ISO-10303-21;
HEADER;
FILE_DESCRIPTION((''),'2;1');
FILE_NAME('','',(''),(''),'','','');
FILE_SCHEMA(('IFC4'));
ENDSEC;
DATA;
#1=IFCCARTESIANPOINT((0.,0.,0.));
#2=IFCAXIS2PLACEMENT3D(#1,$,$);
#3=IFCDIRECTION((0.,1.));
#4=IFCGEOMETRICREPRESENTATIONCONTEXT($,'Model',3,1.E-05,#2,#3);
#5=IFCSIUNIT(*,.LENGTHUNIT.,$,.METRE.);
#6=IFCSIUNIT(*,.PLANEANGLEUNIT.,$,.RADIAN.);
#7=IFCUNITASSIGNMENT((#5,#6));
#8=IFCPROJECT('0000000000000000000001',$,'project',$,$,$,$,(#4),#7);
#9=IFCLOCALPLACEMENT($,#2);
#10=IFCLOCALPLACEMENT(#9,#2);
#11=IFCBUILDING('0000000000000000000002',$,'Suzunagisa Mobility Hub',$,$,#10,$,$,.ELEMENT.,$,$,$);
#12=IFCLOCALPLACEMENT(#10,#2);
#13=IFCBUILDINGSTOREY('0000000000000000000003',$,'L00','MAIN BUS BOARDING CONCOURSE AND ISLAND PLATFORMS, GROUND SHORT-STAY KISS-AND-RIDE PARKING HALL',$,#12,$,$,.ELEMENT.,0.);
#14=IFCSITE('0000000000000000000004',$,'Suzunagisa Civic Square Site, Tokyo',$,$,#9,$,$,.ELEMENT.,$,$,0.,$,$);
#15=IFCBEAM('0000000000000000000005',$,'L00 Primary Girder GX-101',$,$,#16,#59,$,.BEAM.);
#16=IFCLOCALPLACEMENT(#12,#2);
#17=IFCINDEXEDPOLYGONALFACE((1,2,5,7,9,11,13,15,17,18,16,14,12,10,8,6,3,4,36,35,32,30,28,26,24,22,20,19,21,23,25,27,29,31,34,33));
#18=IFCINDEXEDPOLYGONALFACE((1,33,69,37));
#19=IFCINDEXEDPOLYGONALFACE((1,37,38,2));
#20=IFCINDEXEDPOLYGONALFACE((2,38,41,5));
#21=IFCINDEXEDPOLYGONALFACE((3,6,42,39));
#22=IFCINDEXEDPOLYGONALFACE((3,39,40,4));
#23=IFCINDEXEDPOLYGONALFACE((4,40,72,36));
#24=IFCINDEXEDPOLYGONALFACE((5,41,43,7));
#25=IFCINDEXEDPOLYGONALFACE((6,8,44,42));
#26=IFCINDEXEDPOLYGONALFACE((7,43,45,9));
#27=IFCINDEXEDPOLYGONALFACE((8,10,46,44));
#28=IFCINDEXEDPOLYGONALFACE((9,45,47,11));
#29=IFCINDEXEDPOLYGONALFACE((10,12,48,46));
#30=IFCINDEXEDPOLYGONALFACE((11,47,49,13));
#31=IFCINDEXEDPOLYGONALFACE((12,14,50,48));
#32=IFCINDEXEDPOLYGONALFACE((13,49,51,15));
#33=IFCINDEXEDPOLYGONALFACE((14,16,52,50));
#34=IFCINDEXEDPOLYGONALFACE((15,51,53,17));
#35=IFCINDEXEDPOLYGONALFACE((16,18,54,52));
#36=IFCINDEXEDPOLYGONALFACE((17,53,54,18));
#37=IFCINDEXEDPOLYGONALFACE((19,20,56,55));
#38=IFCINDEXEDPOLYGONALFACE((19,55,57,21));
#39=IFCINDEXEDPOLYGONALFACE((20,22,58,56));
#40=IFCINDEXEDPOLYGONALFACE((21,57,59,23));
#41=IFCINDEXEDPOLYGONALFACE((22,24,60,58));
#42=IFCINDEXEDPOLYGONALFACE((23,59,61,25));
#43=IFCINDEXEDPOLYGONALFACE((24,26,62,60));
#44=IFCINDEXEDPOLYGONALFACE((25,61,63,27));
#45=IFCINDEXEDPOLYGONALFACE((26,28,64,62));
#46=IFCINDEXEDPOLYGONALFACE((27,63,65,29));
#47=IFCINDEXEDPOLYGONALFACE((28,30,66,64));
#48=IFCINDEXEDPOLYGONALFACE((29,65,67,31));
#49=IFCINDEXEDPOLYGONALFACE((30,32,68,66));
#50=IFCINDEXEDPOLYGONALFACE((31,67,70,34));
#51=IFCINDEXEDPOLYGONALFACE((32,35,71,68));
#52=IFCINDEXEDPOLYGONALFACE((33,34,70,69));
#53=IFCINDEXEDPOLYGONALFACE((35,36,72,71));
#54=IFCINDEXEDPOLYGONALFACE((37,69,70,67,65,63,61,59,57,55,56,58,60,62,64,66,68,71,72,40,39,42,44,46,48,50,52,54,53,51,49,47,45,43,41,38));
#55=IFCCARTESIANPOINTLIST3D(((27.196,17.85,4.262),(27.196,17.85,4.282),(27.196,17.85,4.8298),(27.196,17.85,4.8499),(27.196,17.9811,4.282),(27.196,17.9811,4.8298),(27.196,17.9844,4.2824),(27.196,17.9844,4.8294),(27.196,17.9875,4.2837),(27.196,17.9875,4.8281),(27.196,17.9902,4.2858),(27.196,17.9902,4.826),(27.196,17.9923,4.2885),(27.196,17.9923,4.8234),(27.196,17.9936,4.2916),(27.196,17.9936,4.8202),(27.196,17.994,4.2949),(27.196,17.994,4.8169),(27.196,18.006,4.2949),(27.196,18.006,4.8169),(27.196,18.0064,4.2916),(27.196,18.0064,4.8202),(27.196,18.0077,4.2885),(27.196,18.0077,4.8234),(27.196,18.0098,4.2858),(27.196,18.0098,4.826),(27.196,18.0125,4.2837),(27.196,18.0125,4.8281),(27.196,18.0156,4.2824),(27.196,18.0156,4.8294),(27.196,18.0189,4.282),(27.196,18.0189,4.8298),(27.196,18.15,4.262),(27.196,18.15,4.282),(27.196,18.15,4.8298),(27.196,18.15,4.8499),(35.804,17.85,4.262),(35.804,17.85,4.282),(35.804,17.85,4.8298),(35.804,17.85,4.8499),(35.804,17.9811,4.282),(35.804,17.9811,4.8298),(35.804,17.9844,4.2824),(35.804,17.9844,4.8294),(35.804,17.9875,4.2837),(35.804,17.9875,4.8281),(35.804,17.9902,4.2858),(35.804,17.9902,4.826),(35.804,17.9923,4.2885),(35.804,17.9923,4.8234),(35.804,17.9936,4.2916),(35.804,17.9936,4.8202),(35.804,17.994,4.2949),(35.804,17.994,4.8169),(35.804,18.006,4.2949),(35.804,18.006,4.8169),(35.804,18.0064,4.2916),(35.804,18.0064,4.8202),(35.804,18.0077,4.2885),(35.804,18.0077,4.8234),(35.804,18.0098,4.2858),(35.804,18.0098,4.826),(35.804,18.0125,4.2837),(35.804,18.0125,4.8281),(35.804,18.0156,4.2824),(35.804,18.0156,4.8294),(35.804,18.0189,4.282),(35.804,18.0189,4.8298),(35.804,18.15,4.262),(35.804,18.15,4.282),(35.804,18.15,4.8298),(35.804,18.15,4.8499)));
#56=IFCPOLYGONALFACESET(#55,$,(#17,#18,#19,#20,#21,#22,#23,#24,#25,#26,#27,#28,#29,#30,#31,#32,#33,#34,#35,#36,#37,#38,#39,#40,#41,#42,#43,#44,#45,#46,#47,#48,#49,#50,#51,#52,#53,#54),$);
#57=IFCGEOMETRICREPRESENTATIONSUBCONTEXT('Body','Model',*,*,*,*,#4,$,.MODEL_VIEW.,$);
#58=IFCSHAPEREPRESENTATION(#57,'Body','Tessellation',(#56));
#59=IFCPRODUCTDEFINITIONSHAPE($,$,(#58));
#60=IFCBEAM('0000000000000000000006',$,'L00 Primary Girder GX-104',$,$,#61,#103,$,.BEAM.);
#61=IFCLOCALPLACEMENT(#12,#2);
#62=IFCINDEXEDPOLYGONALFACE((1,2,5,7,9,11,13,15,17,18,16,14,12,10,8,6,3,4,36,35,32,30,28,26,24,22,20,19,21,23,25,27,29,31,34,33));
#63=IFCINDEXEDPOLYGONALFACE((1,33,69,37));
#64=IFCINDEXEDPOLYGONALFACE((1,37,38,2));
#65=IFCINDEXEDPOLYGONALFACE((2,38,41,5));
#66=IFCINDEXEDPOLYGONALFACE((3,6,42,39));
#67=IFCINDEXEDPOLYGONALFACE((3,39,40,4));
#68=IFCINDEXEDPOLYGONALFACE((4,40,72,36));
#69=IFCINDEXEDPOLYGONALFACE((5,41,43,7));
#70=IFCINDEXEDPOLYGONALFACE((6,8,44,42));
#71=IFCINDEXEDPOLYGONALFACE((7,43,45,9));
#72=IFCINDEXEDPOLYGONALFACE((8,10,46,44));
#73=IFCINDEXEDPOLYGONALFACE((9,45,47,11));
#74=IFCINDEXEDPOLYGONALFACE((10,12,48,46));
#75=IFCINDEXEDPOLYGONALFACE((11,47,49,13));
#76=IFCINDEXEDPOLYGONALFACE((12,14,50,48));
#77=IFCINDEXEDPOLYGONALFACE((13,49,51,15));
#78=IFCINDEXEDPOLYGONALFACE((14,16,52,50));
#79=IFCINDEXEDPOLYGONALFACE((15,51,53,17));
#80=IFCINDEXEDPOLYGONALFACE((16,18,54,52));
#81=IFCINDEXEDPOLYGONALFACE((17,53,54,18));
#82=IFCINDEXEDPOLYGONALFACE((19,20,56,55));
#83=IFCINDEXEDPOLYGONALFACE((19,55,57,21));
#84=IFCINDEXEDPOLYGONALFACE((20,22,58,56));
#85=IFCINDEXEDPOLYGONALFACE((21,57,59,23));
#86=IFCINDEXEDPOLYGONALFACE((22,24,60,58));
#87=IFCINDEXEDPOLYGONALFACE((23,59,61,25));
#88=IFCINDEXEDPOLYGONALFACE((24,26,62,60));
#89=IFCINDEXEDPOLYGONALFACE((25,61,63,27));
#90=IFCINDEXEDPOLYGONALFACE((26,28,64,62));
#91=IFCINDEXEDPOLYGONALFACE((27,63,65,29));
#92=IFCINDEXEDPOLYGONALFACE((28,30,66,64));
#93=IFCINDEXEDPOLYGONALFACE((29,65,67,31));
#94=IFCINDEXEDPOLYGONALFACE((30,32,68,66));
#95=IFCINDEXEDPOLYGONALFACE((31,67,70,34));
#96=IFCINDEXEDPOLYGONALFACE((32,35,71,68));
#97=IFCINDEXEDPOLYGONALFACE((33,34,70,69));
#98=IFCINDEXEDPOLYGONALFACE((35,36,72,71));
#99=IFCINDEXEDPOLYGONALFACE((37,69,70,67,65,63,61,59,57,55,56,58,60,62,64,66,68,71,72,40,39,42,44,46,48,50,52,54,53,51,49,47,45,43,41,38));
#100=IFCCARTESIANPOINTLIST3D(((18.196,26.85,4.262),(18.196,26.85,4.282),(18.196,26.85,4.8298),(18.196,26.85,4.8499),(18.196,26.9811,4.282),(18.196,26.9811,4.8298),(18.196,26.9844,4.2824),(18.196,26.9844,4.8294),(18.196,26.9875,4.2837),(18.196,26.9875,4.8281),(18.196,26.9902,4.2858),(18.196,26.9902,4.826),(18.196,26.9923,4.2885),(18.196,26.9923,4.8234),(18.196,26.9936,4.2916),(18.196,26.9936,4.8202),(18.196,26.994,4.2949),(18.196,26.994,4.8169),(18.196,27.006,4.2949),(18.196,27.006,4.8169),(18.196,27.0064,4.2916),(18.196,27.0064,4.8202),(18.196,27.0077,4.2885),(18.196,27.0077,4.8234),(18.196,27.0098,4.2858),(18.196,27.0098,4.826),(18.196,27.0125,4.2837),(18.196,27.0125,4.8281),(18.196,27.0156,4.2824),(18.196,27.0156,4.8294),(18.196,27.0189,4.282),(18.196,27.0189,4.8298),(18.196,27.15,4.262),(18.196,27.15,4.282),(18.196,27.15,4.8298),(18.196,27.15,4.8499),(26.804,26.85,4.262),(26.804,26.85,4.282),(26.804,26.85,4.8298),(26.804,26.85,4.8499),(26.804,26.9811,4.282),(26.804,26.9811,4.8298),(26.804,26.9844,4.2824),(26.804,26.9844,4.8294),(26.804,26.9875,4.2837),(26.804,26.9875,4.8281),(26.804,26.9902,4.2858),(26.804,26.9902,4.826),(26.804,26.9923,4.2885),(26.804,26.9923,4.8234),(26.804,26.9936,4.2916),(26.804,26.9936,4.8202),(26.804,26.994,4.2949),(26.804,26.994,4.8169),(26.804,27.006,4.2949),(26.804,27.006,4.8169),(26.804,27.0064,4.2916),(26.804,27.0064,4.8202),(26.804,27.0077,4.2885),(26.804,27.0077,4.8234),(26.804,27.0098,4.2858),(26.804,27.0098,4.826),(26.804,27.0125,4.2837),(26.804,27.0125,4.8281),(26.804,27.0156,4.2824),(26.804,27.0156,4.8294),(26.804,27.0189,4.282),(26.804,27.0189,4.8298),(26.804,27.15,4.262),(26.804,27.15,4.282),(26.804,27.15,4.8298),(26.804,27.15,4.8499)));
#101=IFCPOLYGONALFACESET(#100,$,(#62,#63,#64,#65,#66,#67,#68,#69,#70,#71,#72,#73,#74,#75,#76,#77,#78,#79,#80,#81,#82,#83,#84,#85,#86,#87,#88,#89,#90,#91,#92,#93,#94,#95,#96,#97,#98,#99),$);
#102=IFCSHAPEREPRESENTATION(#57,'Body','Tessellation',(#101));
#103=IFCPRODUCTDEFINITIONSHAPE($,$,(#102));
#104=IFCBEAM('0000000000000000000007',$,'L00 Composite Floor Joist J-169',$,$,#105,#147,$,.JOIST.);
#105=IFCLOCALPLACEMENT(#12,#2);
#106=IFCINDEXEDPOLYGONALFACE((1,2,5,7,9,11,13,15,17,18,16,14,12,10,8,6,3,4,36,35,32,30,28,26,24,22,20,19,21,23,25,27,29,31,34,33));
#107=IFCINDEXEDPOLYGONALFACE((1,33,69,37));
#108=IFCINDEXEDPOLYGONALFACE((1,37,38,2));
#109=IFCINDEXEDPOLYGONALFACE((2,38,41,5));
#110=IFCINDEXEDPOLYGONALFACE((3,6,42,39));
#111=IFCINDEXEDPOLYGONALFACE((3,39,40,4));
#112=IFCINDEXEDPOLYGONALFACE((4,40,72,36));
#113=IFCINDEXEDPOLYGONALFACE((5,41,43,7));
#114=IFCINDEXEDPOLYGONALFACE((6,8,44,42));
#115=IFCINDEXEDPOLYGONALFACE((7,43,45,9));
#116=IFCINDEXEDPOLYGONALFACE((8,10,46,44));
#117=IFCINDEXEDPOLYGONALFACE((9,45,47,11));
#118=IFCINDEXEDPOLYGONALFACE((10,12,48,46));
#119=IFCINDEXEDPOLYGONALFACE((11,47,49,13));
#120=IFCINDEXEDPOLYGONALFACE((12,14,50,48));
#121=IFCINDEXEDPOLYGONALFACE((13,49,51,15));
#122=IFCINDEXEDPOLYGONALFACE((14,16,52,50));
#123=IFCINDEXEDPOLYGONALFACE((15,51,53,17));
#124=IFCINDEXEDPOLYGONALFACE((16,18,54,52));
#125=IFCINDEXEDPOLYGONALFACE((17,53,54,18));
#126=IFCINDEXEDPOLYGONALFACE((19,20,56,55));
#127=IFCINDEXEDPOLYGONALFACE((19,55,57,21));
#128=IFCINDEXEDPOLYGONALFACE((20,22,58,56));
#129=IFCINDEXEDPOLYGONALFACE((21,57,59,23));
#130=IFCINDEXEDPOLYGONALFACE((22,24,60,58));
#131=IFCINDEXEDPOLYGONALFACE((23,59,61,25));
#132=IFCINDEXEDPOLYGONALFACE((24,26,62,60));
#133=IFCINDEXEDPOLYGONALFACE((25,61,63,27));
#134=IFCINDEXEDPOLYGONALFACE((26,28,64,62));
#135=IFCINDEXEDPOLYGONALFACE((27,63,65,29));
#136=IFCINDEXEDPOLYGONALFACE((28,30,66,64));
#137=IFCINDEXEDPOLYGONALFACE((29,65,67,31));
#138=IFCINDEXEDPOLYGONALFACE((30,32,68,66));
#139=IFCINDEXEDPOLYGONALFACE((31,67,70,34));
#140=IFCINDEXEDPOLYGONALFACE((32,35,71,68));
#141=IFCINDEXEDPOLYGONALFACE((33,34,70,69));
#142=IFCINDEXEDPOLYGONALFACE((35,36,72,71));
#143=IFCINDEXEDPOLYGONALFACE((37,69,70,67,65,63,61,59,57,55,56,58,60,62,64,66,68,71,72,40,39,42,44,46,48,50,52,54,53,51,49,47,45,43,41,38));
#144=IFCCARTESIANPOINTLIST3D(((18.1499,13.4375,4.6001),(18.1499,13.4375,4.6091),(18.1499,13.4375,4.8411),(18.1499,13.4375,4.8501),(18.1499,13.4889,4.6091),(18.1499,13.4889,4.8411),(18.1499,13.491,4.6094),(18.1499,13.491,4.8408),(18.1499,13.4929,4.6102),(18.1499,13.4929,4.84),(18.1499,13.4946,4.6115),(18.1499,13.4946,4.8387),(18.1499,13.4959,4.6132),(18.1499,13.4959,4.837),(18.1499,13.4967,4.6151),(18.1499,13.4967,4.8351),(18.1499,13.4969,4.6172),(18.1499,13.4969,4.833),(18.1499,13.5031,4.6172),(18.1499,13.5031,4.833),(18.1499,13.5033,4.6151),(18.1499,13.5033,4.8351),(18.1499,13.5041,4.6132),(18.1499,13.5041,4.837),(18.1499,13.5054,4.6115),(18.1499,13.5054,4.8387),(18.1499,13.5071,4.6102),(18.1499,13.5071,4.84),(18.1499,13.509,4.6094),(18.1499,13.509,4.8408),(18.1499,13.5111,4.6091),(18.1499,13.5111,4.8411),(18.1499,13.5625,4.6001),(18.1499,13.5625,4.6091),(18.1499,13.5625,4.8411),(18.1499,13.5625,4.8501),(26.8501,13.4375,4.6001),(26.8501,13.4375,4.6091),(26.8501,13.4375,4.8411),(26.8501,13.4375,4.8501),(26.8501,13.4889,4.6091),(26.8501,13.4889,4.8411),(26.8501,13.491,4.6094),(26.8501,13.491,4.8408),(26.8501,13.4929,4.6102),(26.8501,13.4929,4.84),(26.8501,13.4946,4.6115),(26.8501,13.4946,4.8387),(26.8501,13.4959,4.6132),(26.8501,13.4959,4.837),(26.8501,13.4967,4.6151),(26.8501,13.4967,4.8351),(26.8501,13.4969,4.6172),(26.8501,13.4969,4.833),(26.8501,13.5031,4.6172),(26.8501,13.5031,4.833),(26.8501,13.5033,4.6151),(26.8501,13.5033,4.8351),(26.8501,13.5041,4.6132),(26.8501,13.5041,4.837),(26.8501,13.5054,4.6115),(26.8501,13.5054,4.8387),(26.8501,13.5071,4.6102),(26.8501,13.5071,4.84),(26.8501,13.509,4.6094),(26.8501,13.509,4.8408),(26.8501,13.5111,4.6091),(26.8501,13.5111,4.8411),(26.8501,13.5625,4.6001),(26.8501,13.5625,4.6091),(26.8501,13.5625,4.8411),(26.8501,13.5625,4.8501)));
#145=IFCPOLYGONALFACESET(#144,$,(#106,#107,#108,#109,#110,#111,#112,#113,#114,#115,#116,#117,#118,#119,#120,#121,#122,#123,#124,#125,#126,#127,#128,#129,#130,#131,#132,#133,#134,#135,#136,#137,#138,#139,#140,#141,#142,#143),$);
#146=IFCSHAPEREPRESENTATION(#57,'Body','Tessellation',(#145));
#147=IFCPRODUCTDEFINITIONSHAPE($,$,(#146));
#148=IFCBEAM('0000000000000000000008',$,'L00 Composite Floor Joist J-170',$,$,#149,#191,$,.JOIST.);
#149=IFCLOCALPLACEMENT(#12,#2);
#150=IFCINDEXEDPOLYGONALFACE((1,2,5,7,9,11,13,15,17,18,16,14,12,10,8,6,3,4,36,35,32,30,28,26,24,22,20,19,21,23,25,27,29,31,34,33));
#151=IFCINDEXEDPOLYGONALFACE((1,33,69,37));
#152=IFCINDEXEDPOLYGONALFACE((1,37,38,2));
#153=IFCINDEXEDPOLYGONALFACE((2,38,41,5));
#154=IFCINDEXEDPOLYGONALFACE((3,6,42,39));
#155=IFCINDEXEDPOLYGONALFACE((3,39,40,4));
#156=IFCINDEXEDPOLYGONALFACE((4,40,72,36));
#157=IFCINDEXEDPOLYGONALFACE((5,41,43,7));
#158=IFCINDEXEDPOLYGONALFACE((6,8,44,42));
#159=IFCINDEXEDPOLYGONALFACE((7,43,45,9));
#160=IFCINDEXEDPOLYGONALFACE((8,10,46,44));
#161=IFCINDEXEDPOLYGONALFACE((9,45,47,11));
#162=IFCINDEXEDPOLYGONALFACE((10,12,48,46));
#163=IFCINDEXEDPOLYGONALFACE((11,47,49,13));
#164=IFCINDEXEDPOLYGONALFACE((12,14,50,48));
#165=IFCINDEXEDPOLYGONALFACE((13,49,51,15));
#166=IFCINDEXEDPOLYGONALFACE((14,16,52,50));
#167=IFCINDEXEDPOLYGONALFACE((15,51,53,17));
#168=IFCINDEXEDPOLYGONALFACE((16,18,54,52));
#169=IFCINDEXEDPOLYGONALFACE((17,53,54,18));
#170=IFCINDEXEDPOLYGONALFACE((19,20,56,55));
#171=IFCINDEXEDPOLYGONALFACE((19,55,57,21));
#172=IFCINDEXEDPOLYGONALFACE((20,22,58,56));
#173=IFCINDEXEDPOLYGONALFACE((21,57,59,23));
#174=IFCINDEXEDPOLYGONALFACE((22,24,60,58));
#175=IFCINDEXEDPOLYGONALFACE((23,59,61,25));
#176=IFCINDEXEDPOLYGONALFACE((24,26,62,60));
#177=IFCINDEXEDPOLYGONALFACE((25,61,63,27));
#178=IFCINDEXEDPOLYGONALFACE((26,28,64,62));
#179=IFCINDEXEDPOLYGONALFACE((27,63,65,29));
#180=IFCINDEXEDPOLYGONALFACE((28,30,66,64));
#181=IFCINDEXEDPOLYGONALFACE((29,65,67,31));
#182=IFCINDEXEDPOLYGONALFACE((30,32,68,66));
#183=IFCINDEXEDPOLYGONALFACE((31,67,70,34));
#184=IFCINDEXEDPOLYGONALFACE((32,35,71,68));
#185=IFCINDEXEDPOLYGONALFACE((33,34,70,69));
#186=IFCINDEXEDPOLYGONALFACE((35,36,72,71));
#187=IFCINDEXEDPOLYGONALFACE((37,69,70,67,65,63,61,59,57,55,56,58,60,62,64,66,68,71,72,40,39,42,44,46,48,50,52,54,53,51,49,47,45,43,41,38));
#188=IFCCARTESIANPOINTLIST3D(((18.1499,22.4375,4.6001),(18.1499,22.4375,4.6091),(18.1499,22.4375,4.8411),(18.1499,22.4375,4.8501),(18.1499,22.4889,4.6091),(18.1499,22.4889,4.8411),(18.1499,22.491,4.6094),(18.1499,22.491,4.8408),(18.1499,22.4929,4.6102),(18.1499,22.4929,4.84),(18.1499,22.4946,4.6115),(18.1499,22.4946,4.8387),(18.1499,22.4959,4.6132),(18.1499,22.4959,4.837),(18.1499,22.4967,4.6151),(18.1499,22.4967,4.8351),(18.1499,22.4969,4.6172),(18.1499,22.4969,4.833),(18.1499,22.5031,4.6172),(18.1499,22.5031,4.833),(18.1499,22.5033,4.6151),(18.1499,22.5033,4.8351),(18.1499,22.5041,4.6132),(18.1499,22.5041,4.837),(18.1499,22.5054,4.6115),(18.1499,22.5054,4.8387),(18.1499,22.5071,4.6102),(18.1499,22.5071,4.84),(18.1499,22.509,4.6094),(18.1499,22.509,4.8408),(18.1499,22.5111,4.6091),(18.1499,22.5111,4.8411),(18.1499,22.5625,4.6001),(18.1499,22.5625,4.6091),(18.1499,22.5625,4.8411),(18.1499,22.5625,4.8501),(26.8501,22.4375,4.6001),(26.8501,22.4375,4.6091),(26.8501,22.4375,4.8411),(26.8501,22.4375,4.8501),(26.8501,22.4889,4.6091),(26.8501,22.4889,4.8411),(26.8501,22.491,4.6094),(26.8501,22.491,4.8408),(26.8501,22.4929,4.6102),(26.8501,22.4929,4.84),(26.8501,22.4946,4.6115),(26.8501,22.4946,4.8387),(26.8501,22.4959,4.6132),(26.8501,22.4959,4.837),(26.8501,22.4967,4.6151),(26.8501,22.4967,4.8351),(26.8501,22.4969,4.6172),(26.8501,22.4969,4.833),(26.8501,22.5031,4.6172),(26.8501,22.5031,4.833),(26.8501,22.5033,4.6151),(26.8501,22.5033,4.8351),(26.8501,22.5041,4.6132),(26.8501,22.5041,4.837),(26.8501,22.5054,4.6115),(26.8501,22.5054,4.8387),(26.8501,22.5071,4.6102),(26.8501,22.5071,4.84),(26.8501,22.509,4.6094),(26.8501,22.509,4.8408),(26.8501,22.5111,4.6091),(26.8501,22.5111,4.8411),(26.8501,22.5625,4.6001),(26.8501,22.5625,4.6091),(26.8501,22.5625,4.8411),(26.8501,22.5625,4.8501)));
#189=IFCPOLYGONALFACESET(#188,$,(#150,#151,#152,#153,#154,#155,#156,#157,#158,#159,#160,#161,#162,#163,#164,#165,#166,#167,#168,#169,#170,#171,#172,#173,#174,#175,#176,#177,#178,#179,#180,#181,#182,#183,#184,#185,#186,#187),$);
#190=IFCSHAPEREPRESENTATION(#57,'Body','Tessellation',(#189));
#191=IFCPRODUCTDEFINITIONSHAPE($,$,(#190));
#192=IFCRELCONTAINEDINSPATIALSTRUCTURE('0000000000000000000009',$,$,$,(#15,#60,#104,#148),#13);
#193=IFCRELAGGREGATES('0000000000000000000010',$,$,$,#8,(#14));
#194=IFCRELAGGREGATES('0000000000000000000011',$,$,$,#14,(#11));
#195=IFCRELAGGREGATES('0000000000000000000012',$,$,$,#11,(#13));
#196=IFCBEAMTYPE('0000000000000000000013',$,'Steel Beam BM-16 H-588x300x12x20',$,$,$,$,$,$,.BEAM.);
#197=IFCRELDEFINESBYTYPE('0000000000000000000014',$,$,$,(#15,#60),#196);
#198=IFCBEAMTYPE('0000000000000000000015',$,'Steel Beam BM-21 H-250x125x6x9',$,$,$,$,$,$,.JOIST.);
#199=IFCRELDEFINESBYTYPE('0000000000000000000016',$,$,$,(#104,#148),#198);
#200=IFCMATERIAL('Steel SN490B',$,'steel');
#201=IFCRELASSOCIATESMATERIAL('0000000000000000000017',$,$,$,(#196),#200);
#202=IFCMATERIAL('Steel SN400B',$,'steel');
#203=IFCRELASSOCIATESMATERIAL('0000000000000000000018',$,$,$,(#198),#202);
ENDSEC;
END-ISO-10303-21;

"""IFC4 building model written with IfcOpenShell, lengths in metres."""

from ifc_helpers import new_model, si_unit, direction, frame, origin, origin_2d, place, context, subcontext, project, spatial, i_section, extrude, material, material_profile, profile_set, type_object, element, save


model = new_model("IFC4")

# Units and contexts
model_context = context("Model", 3, precision=1e-05, world=origin(), true_north=direction((0.0, 1.0)))
body_context = subcontext(model_context, "Body", "Model", "MODEL_VIEW")
ifc_project = project(units=[si_unit("LENGTHUNIT", "METRE"), si_unit("PLANEANGLEUNIT", "RADIAN")], contexts=[model_context])

# Site, building, storey
site_placement = place(None, origin())
site = spatial("IfcSite", under=ifc_project, at=site_placement, Name="Suzunagisa Civic Square Site, Tokyo", CompositionType="ELEMENT", RefElevation=0.0)
building_placement = place(site_placement, origin())
building = spatial("IfcBuilding", under=site, at=building_placement, Name="Suzunagisa Mobility Hub", CompositionType="ELEMENT")
storey_placement = place(building_placement, origin())
storey = spatial("IfcBuildingStorey", under=building, at=storey_placement, Name="L00", Description="MAIN BUS BOARDING CONCOURSE AND ISLAND PLATFORMS, GROUND SHORT-STAY KISS-AND-RIDE PARKING HALL", CompositionType="ELEMENT", Elevation=0.0)

# Shared definitions
ifc_material_1 = material(Name="Steel SN490B", Category="steel")

# Beams
ifc_material_profile_1 = material_profile(ifc_material_1, i_section(OverallWidth=0.3, OverallDepth=0.5879, WebThickness=0.012, FlangeThickness=0.02, FilletRadius=0.0129, at=origin_2d()), Name="H-588x300x12x20")
ifc_profile_set_1 = profile_set([ifc_material_profile_1], Name="Steel SN490B")
beam_type_1 = type_object("IfcBeamType", Name="Steel Beam BM-16 H-588x300x12x20", PredefinedType="BEAM", material=ifc_profile_set_1)
for number, where, z_axis, x_axis, name in (
    (1, (27.196, 18.0, 4.5559), (1.0, 0.0, 0.0), (0.0, 1.0, 0.0), "L00 Primary Girder GX-101"),
    (2, (18.196, 27.0, 4.5559), (1.0, 0.0, 0.0), (0.0, 1.0, 0.0), "L00 Primary Girder GX-104"),
):
    element("IfcBeam", number, at=place(storey_placement, frame(where, z_axis=z_axis, x_axis=x_axis)), inside=storey, type_object=beam_type_1, Name=name, PredefinedType="BEAM", context=body_context, shape_type="SweptSolid", body=[
        extrude(i_section(OverallWidth=0.3, OverallDepth=0.5879, WebThickness=0.012, FlangeThickness=0.02, FilletRadius=0.0129, at=origin_2d()), origin(), (0.0, 0.0, 1.0), 8.6079),
    ])
ifc_material_2 = material(Name="Steel SN400B", Category="steel")
ifc_material_profile_2 = material_profile(ifc_material_2, i_section(OverallWidth=0.125, OverallDepth=0.25, WebThickness=0.0061, FlangeThickness=0.009, FilletRadius=0.0081, at=origin_2d()), Name="H-250x125x6x9")
ifc_profile_set_2 = profile_set([ifc_material_profile_2], Name="Steel SN400B")
beam_type_2 = type_object("IfcBeamType", Name="Steel Beam BM-21 H-250x125x6x9", PredefinedType="JOIST", material=ifc_profile_set_2)
for number, where, z_axis, x_axis, name in (
    (3, (18.1499, 13.5, 4.7251), (1.0, 0.0, 0.0), (0.0, 1.0, 0.0), "L00 Composite Floor Joist J-169"),
    (4, (18.1499, 22.5, 4.7251), (1.0, 0.0, 0.0), (0.0, 1.0, 0.0), "L00 Composite Floor Joist J-170"),
):
    element("IfcBeam", number, at=place(storey_placement, frame(where, z_axis=z_axis, x_axis=x_axis)), inside=storey, type_object=beam_type_2, Name=name, PredefinedType="JOIST", context=body_context, shape_type="SweptSolid", body=[
        extrude(i_section(OverallWidth=0.125, OverallDepth=0.25, WebThickness=0.0061, FlangeThickness=0.009, FilletRadius=0.0081, at=origin_2d()), origin(), (0.0, 0.0, 1.0), 8.7002),
    ])

save(model, "model.ifc")
